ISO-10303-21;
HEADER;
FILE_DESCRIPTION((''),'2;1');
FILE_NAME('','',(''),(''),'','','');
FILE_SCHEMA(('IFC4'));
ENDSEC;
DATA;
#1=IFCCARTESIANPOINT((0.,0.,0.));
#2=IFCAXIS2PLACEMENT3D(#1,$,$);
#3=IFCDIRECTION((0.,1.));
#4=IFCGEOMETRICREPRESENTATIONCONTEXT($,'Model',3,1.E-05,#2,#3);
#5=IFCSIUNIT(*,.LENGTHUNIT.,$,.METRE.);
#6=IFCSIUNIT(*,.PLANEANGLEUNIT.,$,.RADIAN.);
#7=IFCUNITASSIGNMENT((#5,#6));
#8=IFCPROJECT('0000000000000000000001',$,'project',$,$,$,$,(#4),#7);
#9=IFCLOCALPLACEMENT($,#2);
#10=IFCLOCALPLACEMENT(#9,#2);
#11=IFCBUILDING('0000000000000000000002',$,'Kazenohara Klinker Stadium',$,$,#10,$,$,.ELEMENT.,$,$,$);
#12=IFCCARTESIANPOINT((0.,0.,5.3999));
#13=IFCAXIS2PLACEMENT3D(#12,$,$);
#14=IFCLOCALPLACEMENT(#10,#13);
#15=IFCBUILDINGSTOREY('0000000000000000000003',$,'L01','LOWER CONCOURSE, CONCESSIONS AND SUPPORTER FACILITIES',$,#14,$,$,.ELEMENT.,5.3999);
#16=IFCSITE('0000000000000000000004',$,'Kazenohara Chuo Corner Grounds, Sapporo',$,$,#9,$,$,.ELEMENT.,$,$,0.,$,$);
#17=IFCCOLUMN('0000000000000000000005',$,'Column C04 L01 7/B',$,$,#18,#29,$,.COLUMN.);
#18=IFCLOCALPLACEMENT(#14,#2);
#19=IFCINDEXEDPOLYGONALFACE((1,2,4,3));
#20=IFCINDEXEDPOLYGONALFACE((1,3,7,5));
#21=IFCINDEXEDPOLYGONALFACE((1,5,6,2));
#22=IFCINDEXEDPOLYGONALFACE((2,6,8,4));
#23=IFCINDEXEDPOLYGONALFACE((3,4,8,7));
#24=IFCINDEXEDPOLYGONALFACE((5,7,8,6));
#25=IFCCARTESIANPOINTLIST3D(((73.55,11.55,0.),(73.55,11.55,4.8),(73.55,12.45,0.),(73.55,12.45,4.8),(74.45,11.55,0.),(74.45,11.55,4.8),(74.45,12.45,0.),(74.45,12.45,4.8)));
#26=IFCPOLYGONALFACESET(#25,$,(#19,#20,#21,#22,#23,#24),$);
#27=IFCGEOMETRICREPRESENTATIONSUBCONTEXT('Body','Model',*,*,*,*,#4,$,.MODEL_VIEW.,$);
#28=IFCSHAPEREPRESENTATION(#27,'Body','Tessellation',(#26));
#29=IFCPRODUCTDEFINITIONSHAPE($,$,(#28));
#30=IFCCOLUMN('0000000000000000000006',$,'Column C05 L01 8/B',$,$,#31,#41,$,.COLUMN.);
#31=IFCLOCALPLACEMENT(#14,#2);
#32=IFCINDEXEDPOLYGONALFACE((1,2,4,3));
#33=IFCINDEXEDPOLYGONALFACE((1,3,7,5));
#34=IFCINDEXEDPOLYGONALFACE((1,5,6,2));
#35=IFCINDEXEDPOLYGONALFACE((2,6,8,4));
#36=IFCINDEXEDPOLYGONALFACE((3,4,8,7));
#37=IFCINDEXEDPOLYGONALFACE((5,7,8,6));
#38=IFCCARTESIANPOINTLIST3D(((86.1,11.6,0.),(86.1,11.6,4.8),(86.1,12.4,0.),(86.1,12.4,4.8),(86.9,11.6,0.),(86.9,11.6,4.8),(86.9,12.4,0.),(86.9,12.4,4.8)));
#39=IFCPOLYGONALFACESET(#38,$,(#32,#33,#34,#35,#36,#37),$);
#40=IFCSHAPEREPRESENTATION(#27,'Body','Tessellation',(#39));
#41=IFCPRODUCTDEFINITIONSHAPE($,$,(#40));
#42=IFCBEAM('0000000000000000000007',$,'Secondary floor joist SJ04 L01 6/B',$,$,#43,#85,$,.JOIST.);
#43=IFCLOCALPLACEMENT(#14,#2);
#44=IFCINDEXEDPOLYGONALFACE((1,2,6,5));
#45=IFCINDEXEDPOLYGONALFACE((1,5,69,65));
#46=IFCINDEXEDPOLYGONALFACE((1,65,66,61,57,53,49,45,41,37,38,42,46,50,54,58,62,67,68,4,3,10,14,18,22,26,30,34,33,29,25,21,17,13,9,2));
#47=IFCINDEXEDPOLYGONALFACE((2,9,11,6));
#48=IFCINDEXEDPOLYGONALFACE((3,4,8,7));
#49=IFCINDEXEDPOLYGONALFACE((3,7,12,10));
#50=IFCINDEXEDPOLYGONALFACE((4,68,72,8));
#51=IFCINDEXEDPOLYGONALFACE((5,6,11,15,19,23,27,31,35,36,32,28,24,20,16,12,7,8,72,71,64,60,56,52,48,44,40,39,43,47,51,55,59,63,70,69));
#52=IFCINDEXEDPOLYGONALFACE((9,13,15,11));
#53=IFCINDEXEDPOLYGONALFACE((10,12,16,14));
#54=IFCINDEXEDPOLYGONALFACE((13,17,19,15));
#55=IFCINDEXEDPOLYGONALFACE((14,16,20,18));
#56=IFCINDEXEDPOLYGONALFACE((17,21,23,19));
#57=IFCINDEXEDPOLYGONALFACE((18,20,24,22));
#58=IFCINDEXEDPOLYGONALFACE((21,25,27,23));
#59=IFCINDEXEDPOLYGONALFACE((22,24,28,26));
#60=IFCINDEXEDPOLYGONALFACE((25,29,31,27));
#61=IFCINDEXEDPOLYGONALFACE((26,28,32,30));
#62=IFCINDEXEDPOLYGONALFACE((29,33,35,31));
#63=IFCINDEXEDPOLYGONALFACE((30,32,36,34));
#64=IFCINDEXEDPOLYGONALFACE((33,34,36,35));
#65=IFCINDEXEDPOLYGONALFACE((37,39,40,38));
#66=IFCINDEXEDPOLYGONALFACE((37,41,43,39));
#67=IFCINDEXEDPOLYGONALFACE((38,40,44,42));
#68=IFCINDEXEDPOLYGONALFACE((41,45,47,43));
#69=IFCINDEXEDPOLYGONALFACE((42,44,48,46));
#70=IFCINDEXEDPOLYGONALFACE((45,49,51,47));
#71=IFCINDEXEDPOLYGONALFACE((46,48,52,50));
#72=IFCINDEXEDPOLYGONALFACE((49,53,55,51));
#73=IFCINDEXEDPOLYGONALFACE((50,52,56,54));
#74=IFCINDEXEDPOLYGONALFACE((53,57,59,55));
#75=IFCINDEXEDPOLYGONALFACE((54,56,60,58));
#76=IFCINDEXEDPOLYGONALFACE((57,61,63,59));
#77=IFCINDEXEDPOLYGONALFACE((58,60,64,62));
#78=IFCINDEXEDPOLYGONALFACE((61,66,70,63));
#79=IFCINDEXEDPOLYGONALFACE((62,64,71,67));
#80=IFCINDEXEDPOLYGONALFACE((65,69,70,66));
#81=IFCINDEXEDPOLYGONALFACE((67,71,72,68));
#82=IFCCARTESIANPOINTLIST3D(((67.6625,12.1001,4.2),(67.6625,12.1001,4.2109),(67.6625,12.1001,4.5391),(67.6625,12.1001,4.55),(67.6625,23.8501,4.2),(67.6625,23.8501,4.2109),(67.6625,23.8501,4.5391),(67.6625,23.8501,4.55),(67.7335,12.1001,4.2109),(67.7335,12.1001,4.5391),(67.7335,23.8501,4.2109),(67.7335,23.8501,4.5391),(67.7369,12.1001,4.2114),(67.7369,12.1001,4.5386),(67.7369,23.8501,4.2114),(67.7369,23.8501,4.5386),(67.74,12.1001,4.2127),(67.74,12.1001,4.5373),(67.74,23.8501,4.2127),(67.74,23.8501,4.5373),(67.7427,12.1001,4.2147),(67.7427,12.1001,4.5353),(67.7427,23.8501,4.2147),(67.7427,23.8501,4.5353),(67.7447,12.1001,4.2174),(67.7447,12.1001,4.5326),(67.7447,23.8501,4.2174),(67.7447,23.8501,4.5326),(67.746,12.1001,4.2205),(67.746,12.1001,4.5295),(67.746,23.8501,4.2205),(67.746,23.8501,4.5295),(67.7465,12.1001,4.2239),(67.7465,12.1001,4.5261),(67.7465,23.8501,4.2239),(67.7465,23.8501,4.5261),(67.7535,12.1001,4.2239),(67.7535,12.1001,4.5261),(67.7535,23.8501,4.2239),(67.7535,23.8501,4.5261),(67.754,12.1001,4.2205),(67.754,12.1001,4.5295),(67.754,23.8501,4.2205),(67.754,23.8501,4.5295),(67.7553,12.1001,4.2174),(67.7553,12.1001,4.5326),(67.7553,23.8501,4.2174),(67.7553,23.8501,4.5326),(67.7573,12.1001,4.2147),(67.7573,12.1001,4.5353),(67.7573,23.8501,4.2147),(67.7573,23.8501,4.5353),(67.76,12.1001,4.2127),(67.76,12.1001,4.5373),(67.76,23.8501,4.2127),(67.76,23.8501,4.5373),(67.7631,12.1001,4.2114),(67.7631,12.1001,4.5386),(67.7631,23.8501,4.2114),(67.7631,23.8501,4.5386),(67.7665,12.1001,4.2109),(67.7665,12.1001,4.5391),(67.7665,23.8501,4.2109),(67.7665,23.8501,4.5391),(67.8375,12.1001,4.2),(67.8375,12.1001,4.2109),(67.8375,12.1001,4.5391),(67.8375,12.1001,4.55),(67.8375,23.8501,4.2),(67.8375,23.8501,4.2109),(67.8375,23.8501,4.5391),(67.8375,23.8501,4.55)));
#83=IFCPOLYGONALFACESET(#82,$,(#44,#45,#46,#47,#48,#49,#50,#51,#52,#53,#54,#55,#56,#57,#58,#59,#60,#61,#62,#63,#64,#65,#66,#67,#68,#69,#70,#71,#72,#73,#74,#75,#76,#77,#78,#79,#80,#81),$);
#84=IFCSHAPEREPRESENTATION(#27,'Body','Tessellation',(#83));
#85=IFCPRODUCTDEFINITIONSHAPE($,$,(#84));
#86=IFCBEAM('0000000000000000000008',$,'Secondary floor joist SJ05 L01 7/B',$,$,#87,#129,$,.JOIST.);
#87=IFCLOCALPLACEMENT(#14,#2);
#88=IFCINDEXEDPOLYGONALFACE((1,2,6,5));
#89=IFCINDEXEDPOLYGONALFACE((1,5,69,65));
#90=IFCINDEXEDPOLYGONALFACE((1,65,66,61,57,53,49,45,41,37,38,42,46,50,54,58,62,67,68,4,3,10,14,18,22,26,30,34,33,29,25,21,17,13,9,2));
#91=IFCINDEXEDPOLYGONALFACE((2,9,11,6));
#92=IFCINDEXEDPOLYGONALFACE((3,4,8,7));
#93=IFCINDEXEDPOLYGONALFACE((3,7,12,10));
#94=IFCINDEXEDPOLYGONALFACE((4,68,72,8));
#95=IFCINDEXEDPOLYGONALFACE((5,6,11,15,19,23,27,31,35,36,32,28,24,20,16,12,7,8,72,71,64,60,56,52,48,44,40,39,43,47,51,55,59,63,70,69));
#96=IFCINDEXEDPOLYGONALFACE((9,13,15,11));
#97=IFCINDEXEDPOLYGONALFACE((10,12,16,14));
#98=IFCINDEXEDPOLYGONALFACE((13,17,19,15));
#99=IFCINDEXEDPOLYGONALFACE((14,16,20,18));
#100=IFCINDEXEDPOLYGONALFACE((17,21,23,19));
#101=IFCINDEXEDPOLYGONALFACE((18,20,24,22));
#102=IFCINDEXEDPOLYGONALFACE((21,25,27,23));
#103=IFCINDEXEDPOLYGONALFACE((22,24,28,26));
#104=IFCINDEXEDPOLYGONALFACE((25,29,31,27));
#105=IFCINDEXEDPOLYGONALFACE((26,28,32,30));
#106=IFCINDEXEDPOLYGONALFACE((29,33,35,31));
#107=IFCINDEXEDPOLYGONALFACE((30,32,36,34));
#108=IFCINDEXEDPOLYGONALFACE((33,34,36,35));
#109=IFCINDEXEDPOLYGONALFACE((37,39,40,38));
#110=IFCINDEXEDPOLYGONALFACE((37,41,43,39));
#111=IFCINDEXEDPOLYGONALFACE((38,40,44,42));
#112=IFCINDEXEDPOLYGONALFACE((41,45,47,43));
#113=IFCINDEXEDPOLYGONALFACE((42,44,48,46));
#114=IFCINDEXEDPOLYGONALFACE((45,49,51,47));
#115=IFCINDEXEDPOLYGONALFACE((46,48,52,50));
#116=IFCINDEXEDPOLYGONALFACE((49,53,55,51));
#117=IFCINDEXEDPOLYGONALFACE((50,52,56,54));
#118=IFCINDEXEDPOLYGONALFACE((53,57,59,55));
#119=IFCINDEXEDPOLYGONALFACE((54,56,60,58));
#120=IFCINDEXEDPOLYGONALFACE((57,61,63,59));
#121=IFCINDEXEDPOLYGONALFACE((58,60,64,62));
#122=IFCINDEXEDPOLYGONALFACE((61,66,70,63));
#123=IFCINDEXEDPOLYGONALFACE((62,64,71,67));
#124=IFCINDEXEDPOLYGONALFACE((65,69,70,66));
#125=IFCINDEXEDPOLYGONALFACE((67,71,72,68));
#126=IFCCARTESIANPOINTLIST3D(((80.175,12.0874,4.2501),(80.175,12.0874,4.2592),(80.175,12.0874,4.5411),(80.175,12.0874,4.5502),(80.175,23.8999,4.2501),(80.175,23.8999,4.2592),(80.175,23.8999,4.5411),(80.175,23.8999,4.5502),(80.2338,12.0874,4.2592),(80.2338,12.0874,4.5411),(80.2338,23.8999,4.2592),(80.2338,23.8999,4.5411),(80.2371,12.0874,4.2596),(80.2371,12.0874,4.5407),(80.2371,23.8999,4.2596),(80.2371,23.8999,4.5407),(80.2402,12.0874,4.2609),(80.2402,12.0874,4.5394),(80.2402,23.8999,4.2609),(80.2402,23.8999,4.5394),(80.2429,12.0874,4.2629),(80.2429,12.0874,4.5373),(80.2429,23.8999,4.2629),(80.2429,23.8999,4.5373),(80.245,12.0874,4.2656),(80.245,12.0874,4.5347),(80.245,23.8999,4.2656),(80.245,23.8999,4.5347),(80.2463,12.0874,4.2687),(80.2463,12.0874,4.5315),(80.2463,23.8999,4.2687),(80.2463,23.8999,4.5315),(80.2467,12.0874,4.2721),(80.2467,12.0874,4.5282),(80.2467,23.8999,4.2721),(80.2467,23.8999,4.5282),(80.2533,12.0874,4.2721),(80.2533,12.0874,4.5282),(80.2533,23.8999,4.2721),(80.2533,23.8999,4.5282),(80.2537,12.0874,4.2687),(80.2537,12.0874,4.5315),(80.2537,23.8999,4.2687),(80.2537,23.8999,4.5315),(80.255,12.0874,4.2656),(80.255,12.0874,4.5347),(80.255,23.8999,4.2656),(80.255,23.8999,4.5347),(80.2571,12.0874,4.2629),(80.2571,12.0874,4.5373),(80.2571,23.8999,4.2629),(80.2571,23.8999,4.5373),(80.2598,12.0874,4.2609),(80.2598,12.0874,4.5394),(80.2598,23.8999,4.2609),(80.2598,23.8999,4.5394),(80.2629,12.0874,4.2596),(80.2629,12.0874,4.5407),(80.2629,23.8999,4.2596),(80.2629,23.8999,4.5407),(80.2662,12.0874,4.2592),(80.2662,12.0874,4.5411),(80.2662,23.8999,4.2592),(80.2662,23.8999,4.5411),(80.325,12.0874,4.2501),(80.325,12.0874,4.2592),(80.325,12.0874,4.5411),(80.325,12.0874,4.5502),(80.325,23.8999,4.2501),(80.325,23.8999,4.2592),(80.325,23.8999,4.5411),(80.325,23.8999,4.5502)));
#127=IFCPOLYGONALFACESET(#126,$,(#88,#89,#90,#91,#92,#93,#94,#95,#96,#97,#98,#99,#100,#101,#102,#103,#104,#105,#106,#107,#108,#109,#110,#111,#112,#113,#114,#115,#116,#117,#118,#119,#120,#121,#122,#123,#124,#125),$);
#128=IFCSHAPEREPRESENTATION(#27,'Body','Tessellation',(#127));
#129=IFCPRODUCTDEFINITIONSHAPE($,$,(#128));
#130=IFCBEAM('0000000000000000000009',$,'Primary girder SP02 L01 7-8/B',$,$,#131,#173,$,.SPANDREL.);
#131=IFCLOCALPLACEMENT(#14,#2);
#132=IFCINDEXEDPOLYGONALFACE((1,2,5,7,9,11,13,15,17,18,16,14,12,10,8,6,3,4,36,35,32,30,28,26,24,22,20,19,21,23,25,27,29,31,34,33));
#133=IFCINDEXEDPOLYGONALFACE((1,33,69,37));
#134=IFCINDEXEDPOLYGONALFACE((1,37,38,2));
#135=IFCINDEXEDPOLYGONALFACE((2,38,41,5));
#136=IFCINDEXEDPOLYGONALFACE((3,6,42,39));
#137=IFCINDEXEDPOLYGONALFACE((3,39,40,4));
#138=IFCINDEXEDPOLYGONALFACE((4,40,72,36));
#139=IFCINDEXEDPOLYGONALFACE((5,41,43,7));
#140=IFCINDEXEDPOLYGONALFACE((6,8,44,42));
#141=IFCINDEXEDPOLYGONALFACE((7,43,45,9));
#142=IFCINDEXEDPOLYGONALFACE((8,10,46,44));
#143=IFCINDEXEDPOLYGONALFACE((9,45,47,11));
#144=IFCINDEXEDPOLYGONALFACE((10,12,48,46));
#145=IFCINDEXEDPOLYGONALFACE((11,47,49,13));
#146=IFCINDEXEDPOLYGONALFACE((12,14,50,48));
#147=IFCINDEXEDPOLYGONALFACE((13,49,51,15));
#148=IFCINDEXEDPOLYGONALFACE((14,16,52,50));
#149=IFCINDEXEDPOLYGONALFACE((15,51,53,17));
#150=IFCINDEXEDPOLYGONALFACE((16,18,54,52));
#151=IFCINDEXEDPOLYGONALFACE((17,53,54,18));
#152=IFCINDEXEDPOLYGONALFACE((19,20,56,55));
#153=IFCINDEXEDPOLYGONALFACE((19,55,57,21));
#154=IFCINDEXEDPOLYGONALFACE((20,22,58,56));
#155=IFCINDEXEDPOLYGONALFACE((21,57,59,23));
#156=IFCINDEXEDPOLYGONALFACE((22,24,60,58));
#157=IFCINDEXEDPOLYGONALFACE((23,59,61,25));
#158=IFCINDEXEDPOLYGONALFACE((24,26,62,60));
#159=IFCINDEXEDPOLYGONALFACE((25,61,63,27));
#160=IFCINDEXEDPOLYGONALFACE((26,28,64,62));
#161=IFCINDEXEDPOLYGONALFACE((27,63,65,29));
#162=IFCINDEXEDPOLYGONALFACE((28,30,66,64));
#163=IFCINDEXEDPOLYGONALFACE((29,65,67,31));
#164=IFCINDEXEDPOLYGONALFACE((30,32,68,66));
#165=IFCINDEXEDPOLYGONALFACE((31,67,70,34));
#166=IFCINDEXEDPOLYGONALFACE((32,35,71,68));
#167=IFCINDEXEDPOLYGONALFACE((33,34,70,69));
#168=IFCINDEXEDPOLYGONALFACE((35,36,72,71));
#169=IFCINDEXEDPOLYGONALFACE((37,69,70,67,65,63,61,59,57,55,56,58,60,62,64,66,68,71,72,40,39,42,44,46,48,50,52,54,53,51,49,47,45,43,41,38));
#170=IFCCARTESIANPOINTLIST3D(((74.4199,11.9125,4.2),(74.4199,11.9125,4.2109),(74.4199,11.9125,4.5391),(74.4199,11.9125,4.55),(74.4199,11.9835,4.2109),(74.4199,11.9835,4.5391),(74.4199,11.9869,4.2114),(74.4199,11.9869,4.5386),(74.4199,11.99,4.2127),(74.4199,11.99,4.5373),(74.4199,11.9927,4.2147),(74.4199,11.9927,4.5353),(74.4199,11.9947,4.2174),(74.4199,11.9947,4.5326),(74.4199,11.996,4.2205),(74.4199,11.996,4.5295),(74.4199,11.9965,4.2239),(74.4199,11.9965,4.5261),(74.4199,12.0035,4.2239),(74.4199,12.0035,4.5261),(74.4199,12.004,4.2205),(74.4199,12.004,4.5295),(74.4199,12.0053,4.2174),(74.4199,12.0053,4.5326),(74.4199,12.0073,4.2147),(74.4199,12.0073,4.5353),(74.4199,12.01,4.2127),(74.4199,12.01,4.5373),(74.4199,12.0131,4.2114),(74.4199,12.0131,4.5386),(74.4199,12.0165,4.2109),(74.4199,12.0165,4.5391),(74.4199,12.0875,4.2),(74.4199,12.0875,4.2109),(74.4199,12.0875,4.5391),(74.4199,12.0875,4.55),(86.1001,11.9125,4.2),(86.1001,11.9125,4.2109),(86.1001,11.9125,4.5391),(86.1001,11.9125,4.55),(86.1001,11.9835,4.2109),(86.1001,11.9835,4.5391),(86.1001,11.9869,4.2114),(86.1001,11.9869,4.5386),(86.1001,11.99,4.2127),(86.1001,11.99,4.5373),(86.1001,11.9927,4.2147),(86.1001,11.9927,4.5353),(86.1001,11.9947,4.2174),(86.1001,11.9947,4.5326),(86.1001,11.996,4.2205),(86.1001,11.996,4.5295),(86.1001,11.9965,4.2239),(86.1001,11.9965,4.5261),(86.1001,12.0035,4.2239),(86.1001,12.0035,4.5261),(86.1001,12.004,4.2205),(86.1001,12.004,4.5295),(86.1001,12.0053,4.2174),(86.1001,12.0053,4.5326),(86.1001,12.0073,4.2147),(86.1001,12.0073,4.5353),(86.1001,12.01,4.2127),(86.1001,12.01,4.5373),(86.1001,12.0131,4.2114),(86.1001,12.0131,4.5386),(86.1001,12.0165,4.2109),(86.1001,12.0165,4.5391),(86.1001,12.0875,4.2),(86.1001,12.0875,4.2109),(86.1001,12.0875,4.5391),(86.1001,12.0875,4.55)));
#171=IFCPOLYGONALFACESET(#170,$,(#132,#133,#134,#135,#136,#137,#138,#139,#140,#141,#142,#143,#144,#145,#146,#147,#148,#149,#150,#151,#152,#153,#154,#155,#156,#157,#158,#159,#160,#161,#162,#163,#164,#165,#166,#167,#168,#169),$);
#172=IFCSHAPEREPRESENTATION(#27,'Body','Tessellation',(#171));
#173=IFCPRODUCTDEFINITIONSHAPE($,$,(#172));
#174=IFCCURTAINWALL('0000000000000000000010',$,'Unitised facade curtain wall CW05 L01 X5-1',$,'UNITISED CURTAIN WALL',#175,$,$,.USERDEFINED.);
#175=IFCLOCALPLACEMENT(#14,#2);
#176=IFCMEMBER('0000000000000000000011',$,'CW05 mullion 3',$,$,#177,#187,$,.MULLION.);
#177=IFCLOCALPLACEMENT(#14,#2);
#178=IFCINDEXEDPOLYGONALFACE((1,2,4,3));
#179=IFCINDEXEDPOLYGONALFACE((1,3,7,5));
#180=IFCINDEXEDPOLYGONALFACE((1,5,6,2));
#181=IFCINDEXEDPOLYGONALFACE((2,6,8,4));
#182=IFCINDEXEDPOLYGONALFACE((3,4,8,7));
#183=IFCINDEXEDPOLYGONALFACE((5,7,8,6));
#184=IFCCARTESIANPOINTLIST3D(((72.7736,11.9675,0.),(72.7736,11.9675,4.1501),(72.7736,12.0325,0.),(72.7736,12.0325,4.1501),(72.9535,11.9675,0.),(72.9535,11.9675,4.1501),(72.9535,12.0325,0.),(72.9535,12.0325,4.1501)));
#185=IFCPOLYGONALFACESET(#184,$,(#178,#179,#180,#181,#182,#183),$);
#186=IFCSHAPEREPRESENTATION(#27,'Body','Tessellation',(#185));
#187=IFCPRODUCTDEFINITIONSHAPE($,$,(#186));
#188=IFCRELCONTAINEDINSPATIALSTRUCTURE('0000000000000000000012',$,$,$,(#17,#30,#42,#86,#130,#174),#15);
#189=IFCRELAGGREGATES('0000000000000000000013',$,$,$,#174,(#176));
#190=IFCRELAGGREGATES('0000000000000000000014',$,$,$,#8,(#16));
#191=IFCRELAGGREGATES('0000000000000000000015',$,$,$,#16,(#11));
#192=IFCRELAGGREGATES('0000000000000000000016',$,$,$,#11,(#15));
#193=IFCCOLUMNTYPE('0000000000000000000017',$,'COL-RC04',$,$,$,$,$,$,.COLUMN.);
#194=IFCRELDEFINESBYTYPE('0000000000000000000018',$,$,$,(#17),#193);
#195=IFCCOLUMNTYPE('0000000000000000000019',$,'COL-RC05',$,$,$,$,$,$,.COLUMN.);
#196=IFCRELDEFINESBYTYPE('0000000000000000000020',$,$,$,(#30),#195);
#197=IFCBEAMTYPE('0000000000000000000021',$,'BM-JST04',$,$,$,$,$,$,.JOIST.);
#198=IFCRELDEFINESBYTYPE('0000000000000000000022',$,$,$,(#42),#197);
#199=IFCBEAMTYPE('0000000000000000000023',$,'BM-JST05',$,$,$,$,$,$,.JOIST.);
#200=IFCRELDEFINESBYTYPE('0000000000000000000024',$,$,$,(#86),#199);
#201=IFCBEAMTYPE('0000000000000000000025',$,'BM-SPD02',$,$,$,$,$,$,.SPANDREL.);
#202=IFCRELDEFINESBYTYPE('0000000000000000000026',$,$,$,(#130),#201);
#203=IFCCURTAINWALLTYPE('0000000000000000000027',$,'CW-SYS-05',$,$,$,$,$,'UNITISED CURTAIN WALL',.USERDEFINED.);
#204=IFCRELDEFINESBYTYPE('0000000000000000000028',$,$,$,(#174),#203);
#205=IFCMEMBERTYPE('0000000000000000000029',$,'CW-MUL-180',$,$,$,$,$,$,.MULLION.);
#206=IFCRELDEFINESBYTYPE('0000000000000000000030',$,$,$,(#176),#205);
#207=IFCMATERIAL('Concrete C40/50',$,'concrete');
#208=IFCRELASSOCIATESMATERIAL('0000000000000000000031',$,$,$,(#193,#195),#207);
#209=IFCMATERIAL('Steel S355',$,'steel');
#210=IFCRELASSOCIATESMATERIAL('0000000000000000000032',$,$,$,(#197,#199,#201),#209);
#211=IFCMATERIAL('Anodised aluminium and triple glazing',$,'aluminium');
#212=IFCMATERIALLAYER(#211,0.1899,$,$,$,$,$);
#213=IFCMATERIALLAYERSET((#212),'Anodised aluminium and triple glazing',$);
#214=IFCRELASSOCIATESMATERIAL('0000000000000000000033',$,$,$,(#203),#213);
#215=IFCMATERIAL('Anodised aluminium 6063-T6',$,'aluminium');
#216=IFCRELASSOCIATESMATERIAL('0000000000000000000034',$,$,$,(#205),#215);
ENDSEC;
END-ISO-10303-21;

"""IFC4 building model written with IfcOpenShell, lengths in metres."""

from ifc_helpers import new_model, si_unit, direction, frame, origin, origin_2d, place, context, subcontext, project, spatial, rectangle, i_section, extrude, material, layer, layer_set, material_profile, profile_set, type_object, element, aggregate, save


model = new_model("IFC4")

# Units and contexts
model_context = context("Model", 3, precision=1e-05, world=origin(), true_north=direction((0.0, 1.0)))
body_context = subcontext(model_context, "Body", "Model", "MODEL_VIEW")
ifc_project = project(units=[si_unit("LENGTHUNIT", "METRE"), si_unit("PLANEANGLEUNIT", "RADIAN")], contexts=[model_context])

# Site, building, storey
site_placement = place(None, origin())
site = spatial("IfcSite", under=ifc_project, at=site_placement, Name="Kazenohara Chuo Corner Grounds, Sapporo", CompositionType="ELEMENT", RefElevation=0.0)
building_placement = place(site_placement, origin())
building = spatial("IfcBuilding", under=site, at=building_placement, Name="Kazenohara Klinker Stadium", CompositionType="ELEMENT")
storey_placement = place(building_placement, frame((0.0, 0.0, 5.3999)))
storey = spatial("IfcBuildingStorey", under=building, at=storey_placement, Name="L01", Description="LOWER CONCOURSE, CONCESSIONS AND SUPPORTER FACILITIES", CompositionType="ELEMENT", Elevation=5.3999)

# Columns
ifc_material_1 = material(Name="Concrete C40/50", Category="concrete")
ifc_material_profile_1 = material_profile(ifc_material_1, rectangle(XDim=0.8999, YDim=0.8999, at=origin_2d()), Name="RC-COL-900x900")
ifc_profile_set_1 = profile_set([ifc_material_profile_1], Name="Concrete C40/50")
column_type_1 = type_object("IfcColumnType", Name="COL-RC04", PredefinedType="COLUMN", material=ifc_profile_set_1)
column_1_placement = place(storey_placement, frame((74.0, 12.0, 0.0), z_axis=(0.0, 0.0, 1.0), x_axis=(1.0, 0.0, 0.0)))
element("IfcColumn", 1, at=column_1_placement, inside=storey, type_object=column_type_1, Name="Column C04 L01 7/B", PredefinedType="COLUMN", context=body_context, shape_type="SweptSolid", body=[
    extrude(rectangle(XDim=0.8999, YDim=0.8999, at=origin_2d()), origin(), (0.0, 0.0, 1.0), 4.8),
])
ifc_material_profile_2 = material_profile(ifc_material_1, rectangle(XDim=0.8, YDim=0.8, at=origin_2d()), Name="RC-COL-800x800")
ifc_profile_set_2 = profile_set([ifc_material_profile_2], Name="Concrete C40/50")
column_type_2 = type_object("IfcColumnType", Name="COL-RC05", PredefinedType="COLUMN", material=ifc_profile_set_2)
column_2_placement = place(storey_placement, frame((86.5, 12.0, 0.0), z_axis=(0.0, 0.0, 1.0), x_axis=(1.0, 0.0, 0.0)))
element("IfcColumn", 2, at=column_2_placement, inside=storey, type_object=column_type_2, Name="Column C05 L01 8/B", PredefinedType="COLUMN", context=body_context, shape_type="SweptSolid", body=[
    extrude(rectangle(XDim=0.8, YDim=0.8, at=origin_2d()), origin(), (0.0, 0.0, 1.0), 4.8),
])

# Beams
ifc_material_2 = material(Name="Steel S355", Category="steel")
ifc_material_profile_3 = material_profile(ifc_material_2, i_section(OverallWidth=0.175, OverallDepth=0.3501, WebThickness=0.0071, FlangeThickness=0.011, FilletRadius=0.0129, at=origin_2d()), Name="H-350x175x7x11")
ifc_profile_set_3 = profile_set([ifc_material_profile_3], Name="Steel S355")
beam_type_1 = type_object("IfcBeamType", Name="BM-JST04", PredefinedType="JOIST", material=ifc_profile_set_3)
beam_1_placement = place(storey_placement, frame((67.75, 12.1001, 4.375), z_axis=(0.0, 1.0, 0.0), x_axis=(-1.0, 0.0, 0.0)))
element("IfcBeam", 3, at=beam_1_placement, inside=storey, type_object=beam_type_1, Name="Secondary floor joist SJ04 L01 6/B", PredefinedType="JOIST", context=body_context, shape_type="SweptSolid", body=[
    extrude(i_section(OverallWidth=0.175, OverallDepth=0.3501, WebThickness=0.0071, FlangeThickness=0.011, FilletRadius=0.0129, at=origin_2d()), origin(), (0.0, 0.0, 1.0), 11.75),
])
ifc_material_profile_4 = material_profile(ifc_material_2, i_section(OverallWidth=0.1499, OverallDepth=0.3, WebThickness=0.0066, FlangeThickness=0.009, FilletRadius=0.0129, at=origin_2d()), Name="H-300x150x6.5x9")
ifc_profile_set_4 = profile_set([ifc_material_profile_4], Name="Steel S355")
beam_type_2 = type_object("IfcBeamType", Name="BM-JST05", PredefinedType="JOIST", material=ifc_profile_set_4)
beam_2_placement = place(storey_placement, frame((80.25, 12.0874, 4.4001), z_axis=(0.0, 1.0, 0.0), x_axis=(-1.0, 0.0, 0.0)))
element("IfcBeam", 4, at=beam_2_placement, inside=storey, type_object=beam_type_2, Name="Secondary floor joist SJ05 L01 7/B", PredefinedType="JOIST", context=body_context, shape_type="SweptSolid", body=[
    extrude(i_section(OverallWidth=0.1499, OverallDepth=0.3, WebThickness=0.0066, FlangeThickness=0.009, FilletRadius=0.0129, at=origin_2d()), origin(), (0.0, 0.0, 1.0), 11.8125),
])
ifc_material_profile_5 = material_profile(ifc_material_2, i_section(OverallWidth=0.175, OverallDepth=0.3501, WebThickness=0.0071, FlangeThickness=0.011, FilletRadius=0.0129, at=origin_2d()), Name="H-350x175x7x11")
ifc_profile_set_5 = profile_set([ifc_material_profile_5], Name="Steel S355")
beam_type_3 = type_object("IfcBeamType", Name="BM-SPD02", PredefinedType="SPANDREL", material=ifc_profile_set_5)
beam_3_placement = place(storey_placement, frame((74.4199, 12.0, 4.375), z_axis=(1.0, 0.0, 0.0), x_axis=(0.0, 1.0, 0.0)))
element("IfcBeam", 5, at=beam_3_placement, inside=storey, type_object=beam_type_3, Name="Primary girder SP02 L01 7-8/B", PredefinedType="SPANDREL", context=body_context, shape_type="SweptSolid", body=[
    extrude(i_section(OverallWidth=0.175, OverallDepth=0.3501, WebThickness=0.0071, FlangeThickness=0.011, FilletRadius=0.0129, at=origin_2d()), origin(), (0.0, 0.0, 1.0), 11.6802),
])

# Curtain wall, member
ifc_material_3 = material(Name="Anodised aluminium and triple glazing", Category="aluminium")
ifc_layer_1 = layer(ifc_material_3, 0.1899)
ifc_layer_set_1 = layer_set([ifc_layer_1], Name="Anodised aluminium and triple glazing")
curtain_wall_type_1 = type_object("IfcCurtainWallType", Name="CW-SYS-05", ElementType="UNITISED CURTAIN WALL", PredefinedType="USERDEFINED", material=ifc_layer_set_1)
curtain_wall_1_placement = place(storey_placement, origin())
curtain_wall_1 = element("IfcCurtainWall", 6, at=curtain_wall_1_placement, inside=storey, type_object=curtain_wall_type_1, Name="Unitised facade curtain wall CW05 L01 X5-1", ObjectType="UNITISED CURTAIN WALL", PredefinedType="USERDEFINED")
ifc_material_4 = material(Name="Anodised aluminium 6063-T6", Category="aluminium")
ifc_material_profile_6 = material_profile(ifc_material_4, rectangle(XDim=0.0649, YDim=0.1799, at=origin_2d()), Name="ALU-MUL-65x180")
ifc_profile_set_6 = profile_set([ifc_material_profile_6], Name="Anodised aluminium 6063-T6")
member_type_1 = type_object("IfcMemberType", Name="CW-MUL-180", PredefinedType="MULLION", material=ifc_profile_set_6)
member_1_placement = place(storey_placement, frame((72.8635, 12.0, 0.0), z_axis=(0.0, 0.0, 1.0), x_axis=(0.0, 1.0, 0.0)))
member_1 = element("IfcMember", 7, at=member_1_placement, type_object=member_type_1, Name="CW05 mullion 3", PredefinedType="MULLION", context=body_context, shape_type="SweptSolid", body=[
    extrude(rectangle(XDim=0.0649, YDim=0.1799, at=origin_2d()), origin(), (0.0, 0.0, 1.0), 4.1501),
])

aggregate(curtain_wall_1, [member_1])

save(model, "model.ifc")
